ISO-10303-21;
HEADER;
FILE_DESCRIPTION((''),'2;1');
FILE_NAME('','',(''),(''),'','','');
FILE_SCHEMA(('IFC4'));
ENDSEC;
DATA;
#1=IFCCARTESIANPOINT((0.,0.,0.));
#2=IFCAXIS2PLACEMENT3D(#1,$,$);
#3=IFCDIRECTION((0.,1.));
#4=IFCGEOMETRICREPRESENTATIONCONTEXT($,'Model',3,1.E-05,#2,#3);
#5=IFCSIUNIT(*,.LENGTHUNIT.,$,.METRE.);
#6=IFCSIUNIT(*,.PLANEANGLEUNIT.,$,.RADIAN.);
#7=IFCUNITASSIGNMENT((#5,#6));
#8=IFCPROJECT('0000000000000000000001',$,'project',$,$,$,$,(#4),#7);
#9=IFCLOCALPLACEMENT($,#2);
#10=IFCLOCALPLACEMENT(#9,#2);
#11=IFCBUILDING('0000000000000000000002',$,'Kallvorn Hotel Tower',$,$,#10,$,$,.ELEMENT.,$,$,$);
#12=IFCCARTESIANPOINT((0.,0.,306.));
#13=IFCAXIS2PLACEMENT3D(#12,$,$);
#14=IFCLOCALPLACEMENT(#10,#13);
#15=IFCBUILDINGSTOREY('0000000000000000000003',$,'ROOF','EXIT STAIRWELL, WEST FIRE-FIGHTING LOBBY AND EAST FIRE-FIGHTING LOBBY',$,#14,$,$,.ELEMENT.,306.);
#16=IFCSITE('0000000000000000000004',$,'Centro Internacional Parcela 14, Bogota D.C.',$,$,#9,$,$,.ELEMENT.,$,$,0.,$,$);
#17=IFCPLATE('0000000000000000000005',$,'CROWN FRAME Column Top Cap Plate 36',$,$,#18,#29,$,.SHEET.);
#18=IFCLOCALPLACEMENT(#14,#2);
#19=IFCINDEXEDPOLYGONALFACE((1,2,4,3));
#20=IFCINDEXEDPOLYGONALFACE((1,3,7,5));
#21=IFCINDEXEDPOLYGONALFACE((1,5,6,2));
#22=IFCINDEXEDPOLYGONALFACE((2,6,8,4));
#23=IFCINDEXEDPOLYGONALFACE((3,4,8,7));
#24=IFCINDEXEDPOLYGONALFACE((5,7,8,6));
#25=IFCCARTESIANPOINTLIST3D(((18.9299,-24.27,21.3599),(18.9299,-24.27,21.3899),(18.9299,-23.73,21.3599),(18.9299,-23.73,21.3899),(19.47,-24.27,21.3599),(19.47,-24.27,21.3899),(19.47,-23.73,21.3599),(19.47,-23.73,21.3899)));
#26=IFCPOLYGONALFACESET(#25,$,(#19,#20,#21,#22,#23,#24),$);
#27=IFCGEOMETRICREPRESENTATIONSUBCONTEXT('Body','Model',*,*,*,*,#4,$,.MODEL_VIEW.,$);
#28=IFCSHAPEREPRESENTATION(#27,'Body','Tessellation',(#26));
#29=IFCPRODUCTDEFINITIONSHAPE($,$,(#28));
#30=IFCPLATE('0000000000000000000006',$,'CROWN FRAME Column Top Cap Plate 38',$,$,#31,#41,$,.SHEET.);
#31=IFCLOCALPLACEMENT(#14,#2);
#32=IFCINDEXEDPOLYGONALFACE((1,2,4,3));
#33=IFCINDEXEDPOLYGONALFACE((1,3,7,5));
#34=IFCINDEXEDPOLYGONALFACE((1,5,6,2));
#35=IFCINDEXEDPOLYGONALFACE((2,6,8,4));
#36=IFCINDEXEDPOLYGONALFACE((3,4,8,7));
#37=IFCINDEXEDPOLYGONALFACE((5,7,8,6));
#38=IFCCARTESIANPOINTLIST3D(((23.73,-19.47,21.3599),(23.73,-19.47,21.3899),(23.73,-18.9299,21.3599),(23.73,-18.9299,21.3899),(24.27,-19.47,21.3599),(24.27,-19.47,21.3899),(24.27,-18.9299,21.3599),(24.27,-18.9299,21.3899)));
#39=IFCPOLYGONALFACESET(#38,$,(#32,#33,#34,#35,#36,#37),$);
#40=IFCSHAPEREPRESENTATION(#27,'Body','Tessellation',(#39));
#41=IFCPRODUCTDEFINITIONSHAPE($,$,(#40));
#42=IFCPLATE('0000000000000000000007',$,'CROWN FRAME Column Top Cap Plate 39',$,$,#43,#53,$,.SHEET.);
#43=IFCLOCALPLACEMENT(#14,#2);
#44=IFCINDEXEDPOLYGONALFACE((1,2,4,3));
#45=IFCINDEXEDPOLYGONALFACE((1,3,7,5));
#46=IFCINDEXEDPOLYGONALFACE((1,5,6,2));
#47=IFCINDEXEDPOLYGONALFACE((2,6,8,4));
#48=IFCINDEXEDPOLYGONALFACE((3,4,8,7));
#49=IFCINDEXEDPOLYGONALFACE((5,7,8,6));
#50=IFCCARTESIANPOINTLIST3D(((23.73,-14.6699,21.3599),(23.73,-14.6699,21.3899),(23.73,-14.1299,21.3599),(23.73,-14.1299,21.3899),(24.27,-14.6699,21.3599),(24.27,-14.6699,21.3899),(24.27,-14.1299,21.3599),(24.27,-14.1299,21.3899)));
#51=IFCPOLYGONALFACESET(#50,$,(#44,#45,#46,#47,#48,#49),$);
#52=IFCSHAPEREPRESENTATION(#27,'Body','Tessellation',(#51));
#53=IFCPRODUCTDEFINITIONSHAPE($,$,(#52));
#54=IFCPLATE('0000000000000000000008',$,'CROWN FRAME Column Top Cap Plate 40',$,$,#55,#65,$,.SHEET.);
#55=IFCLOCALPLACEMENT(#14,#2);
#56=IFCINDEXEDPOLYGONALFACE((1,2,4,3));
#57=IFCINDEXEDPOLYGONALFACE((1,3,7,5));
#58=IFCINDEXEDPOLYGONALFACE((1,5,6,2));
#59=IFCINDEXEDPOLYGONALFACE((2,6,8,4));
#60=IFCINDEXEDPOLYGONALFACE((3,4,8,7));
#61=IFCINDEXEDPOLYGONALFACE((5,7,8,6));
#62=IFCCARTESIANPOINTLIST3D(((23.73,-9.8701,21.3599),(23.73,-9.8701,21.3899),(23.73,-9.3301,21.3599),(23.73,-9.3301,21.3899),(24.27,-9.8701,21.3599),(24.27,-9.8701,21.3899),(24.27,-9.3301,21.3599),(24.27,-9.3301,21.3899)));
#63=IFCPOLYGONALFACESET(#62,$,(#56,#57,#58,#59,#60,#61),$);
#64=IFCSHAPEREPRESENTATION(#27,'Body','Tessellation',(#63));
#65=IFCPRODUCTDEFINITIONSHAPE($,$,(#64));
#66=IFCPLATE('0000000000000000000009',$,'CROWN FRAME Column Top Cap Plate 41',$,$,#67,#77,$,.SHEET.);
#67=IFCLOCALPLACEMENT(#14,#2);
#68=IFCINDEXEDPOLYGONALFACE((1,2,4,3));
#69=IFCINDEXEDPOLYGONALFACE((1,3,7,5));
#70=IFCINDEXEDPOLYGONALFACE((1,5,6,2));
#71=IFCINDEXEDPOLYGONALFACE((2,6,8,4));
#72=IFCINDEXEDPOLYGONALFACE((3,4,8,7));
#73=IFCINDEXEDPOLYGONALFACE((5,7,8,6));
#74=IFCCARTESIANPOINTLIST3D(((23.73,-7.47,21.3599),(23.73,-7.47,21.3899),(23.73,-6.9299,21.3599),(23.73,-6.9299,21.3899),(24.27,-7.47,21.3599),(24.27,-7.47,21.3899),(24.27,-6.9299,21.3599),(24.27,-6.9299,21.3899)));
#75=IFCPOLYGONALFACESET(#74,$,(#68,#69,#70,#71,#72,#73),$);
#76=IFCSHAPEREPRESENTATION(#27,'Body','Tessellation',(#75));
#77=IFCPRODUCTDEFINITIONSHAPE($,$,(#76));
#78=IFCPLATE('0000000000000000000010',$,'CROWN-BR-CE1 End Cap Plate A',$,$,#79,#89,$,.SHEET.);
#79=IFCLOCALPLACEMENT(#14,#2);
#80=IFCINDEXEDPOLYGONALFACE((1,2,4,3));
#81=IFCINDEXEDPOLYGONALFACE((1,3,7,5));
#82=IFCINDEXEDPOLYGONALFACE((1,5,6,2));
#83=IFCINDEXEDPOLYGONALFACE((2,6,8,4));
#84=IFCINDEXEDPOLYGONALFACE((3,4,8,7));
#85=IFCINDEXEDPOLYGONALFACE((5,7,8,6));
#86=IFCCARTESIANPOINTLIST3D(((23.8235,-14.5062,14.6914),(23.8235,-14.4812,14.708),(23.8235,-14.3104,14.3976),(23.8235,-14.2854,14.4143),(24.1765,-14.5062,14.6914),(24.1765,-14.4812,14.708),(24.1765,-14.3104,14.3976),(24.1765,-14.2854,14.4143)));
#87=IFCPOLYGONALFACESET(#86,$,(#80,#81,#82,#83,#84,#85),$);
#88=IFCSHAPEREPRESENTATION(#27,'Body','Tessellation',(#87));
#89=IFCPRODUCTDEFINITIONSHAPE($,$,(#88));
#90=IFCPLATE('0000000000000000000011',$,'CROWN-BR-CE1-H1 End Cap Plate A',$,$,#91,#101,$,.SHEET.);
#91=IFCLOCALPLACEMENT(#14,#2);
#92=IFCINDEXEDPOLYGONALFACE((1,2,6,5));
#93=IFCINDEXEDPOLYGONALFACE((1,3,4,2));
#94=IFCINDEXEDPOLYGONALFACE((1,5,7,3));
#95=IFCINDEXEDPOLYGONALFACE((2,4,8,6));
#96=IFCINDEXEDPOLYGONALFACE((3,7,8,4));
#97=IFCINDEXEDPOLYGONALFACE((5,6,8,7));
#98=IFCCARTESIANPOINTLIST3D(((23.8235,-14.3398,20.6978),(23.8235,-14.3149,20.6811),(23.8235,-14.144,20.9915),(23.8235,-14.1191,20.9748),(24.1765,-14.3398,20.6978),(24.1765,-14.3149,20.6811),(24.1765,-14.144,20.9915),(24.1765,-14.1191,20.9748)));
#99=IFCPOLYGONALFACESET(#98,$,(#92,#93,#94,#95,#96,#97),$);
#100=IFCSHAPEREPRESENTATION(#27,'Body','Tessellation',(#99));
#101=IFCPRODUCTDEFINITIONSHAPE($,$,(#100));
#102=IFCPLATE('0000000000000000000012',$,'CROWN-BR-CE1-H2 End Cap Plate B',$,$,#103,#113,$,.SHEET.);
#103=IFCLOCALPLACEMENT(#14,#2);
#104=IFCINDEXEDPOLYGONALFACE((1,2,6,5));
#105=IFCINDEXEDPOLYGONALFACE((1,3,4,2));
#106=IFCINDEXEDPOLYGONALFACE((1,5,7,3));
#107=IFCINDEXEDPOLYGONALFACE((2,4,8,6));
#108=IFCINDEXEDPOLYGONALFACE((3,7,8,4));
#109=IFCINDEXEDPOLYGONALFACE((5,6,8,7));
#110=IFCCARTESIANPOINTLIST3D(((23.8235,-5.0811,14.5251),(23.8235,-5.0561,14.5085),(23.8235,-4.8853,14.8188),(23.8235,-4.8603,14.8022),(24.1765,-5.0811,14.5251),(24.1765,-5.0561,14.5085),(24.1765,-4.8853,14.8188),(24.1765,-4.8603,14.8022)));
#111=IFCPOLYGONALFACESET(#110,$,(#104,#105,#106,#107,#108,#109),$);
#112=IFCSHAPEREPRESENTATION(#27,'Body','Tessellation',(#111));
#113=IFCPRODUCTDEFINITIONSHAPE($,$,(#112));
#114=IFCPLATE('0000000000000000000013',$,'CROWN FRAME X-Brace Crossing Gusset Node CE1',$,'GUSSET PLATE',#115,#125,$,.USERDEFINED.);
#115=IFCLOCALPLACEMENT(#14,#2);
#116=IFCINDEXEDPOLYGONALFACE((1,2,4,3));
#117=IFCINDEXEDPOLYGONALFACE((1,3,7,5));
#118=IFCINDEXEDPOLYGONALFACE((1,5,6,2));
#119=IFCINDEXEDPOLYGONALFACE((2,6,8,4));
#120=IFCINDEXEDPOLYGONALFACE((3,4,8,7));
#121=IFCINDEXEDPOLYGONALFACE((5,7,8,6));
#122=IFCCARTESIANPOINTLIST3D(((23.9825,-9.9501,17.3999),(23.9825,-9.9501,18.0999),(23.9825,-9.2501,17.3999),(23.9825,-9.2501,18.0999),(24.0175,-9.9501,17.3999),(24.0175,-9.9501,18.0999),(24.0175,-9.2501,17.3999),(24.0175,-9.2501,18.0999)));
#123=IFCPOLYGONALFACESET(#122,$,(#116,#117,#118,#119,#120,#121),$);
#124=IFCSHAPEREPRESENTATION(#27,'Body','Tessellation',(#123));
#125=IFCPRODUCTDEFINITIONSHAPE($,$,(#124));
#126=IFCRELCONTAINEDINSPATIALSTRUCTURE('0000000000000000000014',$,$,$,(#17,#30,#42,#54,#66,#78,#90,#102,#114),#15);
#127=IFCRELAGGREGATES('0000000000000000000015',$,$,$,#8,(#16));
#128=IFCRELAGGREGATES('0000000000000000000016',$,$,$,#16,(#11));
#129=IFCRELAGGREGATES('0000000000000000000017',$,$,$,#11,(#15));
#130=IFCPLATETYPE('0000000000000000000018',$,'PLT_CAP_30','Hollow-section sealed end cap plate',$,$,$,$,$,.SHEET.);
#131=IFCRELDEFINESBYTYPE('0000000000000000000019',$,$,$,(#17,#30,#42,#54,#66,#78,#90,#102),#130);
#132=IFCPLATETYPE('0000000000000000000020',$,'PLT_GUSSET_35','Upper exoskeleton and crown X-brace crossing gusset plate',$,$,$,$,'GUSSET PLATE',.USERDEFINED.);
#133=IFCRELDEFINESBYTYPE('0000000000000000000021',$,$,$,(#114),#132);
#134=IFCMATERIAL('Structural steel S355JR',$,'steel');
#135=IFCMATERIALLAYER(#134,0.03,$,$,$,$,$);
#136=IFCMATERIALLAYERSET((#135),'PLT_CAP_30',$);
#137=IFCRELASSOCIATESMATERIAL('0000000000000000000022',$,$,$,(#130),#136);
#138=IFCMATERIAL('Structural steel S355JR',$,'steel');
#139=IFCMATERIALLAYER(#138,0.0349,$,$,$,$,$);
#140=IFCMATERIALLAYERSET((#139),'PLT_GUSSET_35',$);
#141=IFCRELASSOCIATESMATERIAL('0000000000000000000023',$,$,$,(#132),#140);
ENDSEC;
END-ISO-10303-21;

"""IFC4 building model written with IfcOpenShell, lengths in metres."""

from ifc_helpers import new_model, si_unit, direction, frame, origin, origin_2d, place, context, subcontext, project, spatial, polyline, rectangle, outline, extrude, material, layer, layer_set, type_object, element, save


model = new_model("IFC4")

# Units and contexts
model_context = context("Model", 3, precision=1e-05, world=origin(), true_north=direction((0.0, 1.0)))
body_context = subcontext(model_context, "Body", "Model", "MODEL_VIEW")
ifc_project = project(units=[si_unit("LENGTHUNIT", "METRE"), si_unit("PLANEANGLEUNIT", "RADIAN")], contexts=[model_context])

# Site, building, storey
site_placement = place(None, origin())
site = spatial("IfcSite", under=ifc_project, at=site_placement, Name="Centro Internacional Parcela 14, Bogota D.C.", CompositionType="ELEMENT", RefElevation=0.0)
building_placement = place(site_placement, origin())
building = spatial("IfcBuilding", under=site, at=building_placement, Name="Kallvorn Hotel Tower", CompositionType="ELEMENT")
storey_placement = place(building_placement, frame((0.0, 0.0, 306.0)))
storey = spatial("IfcBuildingStorey", under=building, at=storey_placement, Name="ROOF", Description="EXIT STAIRWELL, WEST FIRE-FIGHTING LOBBY AND EAST FIRE-FIGHTING LOBBY", CompositionType="ELEMENT", Elevation=306.0)

# Plates
ifc_material_1 = material(Name="Structural steel S355JR", Category="steel")
ifc_layer_1 = layer(ifc_material_1, 0.03)
ifc_layer_set_1 = layer_set([ifc_layer_1], Name="PLT_CAP_30")
plate_type_1 = type_object("IfcPlateType", Name="PLT_CAP_30", Description="Hollow-section sealed end cap plate", PredefinedType="SHEET", material=ifc_layer_set_1)
for number, where, z_axis, x_axis, name in (
    (1, (19.2, -24.0, 21.3599), (0.0, 0.0, 1.0), (1.0, 0.0, 0.0), "CROWN FRAME Column Top Cap Plate 36"),
    (2, (24.0, -19.2, 21.3599), (0.0, 0.0, 1.0), (1.0, 0.0, 0.0), "CROWN FRAME Column Top Cap Plate 38"),
    (3, (24.0, -14.3999, 21.3599), (0.0, 0.0, 1.0), (1.0, 0.0, 0.0), "CROWN FRAME Column Top Cap Plate 39"),
    (4, (24.0, -9.6001, 21.3599), (0.0, 0.0, 1.0), (1.0, 0.0, 0.0), "CROWN FRAME Column Top Cap Plate 40"),
    (5, (24.0, -7.2, 21.3599), (0.0, 0.0, 1.0), (1.0, 0.0, 0.0), "CROWN FRAME Column Top Cap Plate 41"),
):
    element("IfcPlate", number, at=place(storey_placement, frame(where, z_axis=z_axis, x_axis=x_axis)), inside=storey, type_object=plate_type_1, Name=name, PredefinedType="SHEET", context=body_context, shape_type="SweptSolid", body=[
        extrude(rectangle(XDim=0.54, YDim=0.54, at=origin_2d()), origin(), (0.0, 0.0, 1.0), 0.03),
    ])
for number, where, z_axis, x_axis, name in (
    (6, (24.1765, -14.2854, 14.4143), (0.0, 0.83205, 0.5547), (-1.0, 0.0, 0.0), "CROWN-BR-CE1 End Cap Plate A"),
    (7, (23.8235, -14.3398, 20.6978), (0.0, -0.83205, 0.5547), (1.0, 0.0, 0.0), "CROWN-BR-CE1-H1 End Cap Plate A"),
    (8, (23.8235, -5.0811, 14.5251), (0.0, -0.83205, 0.5547), (1.0, 0.0, 0.0), "CROWN-BR-CE1-H2 End Cap Plate B"),
):
    element("IfcPlate", number, at=place(storey_placement, frame(where, z_axis=z_axis, x_axis=x_axis)), inside=storey, type_object=plate_type_1, Name=name, PredefinedType="SHEET", context=body_context, shape_type="SweptSolid", body=[
        extrude(outline(polyline([(0.0, 0.0), (0.353, 0.0), (0.353, 0.353), (0.0, 0.353), (0.0, 0.0)])), origin(), (0.0, 0.0, -1.0), 0.03),
    ])
ifc_material_2 = material(Name="Structural steel S355JR", Category="steel")
ifc_layer_2 = layer(ifc_material_2, 0.0349)
ifc_layer_set_2 = layer_set([ifc_layer_2], Name="PLT_GUSSET_35")
plate_type_2 = type_object("IfcPlateType", Name="PLT_GUSSET_35", Description="Upper exoskeleton and crown X-brace crossing gusset plate", ElementType="GUSSET PLATE", PredefinedType="USERDEFINED", material=ifc_layer_set_2)
plate_1_placement = place(storey_placement, frame((24.0, -9.6001, 17.3999), z_axis=(0.0, 0.0, 1.0), x_axis=(0.0, 1.0, 0.0)))
element("IfcPlate", 9, at=plate_1_placement, inside=storey, type_object=plate_type_2, Name="CROWN FRAME X-Brace Crossing Gusset Node CE1", ObjectType="GUSSET PLATE", PredefinedType="USERDEFINED", context=body_context, shape_type="SweptSolid", body=[
    extrude(rectangle(XDim=0.7, YDim=0.0349, at=origin_2d()), origin(), (0.0, 0.0, 1.0), 0.7),
])

save(model, "model.ifc")
